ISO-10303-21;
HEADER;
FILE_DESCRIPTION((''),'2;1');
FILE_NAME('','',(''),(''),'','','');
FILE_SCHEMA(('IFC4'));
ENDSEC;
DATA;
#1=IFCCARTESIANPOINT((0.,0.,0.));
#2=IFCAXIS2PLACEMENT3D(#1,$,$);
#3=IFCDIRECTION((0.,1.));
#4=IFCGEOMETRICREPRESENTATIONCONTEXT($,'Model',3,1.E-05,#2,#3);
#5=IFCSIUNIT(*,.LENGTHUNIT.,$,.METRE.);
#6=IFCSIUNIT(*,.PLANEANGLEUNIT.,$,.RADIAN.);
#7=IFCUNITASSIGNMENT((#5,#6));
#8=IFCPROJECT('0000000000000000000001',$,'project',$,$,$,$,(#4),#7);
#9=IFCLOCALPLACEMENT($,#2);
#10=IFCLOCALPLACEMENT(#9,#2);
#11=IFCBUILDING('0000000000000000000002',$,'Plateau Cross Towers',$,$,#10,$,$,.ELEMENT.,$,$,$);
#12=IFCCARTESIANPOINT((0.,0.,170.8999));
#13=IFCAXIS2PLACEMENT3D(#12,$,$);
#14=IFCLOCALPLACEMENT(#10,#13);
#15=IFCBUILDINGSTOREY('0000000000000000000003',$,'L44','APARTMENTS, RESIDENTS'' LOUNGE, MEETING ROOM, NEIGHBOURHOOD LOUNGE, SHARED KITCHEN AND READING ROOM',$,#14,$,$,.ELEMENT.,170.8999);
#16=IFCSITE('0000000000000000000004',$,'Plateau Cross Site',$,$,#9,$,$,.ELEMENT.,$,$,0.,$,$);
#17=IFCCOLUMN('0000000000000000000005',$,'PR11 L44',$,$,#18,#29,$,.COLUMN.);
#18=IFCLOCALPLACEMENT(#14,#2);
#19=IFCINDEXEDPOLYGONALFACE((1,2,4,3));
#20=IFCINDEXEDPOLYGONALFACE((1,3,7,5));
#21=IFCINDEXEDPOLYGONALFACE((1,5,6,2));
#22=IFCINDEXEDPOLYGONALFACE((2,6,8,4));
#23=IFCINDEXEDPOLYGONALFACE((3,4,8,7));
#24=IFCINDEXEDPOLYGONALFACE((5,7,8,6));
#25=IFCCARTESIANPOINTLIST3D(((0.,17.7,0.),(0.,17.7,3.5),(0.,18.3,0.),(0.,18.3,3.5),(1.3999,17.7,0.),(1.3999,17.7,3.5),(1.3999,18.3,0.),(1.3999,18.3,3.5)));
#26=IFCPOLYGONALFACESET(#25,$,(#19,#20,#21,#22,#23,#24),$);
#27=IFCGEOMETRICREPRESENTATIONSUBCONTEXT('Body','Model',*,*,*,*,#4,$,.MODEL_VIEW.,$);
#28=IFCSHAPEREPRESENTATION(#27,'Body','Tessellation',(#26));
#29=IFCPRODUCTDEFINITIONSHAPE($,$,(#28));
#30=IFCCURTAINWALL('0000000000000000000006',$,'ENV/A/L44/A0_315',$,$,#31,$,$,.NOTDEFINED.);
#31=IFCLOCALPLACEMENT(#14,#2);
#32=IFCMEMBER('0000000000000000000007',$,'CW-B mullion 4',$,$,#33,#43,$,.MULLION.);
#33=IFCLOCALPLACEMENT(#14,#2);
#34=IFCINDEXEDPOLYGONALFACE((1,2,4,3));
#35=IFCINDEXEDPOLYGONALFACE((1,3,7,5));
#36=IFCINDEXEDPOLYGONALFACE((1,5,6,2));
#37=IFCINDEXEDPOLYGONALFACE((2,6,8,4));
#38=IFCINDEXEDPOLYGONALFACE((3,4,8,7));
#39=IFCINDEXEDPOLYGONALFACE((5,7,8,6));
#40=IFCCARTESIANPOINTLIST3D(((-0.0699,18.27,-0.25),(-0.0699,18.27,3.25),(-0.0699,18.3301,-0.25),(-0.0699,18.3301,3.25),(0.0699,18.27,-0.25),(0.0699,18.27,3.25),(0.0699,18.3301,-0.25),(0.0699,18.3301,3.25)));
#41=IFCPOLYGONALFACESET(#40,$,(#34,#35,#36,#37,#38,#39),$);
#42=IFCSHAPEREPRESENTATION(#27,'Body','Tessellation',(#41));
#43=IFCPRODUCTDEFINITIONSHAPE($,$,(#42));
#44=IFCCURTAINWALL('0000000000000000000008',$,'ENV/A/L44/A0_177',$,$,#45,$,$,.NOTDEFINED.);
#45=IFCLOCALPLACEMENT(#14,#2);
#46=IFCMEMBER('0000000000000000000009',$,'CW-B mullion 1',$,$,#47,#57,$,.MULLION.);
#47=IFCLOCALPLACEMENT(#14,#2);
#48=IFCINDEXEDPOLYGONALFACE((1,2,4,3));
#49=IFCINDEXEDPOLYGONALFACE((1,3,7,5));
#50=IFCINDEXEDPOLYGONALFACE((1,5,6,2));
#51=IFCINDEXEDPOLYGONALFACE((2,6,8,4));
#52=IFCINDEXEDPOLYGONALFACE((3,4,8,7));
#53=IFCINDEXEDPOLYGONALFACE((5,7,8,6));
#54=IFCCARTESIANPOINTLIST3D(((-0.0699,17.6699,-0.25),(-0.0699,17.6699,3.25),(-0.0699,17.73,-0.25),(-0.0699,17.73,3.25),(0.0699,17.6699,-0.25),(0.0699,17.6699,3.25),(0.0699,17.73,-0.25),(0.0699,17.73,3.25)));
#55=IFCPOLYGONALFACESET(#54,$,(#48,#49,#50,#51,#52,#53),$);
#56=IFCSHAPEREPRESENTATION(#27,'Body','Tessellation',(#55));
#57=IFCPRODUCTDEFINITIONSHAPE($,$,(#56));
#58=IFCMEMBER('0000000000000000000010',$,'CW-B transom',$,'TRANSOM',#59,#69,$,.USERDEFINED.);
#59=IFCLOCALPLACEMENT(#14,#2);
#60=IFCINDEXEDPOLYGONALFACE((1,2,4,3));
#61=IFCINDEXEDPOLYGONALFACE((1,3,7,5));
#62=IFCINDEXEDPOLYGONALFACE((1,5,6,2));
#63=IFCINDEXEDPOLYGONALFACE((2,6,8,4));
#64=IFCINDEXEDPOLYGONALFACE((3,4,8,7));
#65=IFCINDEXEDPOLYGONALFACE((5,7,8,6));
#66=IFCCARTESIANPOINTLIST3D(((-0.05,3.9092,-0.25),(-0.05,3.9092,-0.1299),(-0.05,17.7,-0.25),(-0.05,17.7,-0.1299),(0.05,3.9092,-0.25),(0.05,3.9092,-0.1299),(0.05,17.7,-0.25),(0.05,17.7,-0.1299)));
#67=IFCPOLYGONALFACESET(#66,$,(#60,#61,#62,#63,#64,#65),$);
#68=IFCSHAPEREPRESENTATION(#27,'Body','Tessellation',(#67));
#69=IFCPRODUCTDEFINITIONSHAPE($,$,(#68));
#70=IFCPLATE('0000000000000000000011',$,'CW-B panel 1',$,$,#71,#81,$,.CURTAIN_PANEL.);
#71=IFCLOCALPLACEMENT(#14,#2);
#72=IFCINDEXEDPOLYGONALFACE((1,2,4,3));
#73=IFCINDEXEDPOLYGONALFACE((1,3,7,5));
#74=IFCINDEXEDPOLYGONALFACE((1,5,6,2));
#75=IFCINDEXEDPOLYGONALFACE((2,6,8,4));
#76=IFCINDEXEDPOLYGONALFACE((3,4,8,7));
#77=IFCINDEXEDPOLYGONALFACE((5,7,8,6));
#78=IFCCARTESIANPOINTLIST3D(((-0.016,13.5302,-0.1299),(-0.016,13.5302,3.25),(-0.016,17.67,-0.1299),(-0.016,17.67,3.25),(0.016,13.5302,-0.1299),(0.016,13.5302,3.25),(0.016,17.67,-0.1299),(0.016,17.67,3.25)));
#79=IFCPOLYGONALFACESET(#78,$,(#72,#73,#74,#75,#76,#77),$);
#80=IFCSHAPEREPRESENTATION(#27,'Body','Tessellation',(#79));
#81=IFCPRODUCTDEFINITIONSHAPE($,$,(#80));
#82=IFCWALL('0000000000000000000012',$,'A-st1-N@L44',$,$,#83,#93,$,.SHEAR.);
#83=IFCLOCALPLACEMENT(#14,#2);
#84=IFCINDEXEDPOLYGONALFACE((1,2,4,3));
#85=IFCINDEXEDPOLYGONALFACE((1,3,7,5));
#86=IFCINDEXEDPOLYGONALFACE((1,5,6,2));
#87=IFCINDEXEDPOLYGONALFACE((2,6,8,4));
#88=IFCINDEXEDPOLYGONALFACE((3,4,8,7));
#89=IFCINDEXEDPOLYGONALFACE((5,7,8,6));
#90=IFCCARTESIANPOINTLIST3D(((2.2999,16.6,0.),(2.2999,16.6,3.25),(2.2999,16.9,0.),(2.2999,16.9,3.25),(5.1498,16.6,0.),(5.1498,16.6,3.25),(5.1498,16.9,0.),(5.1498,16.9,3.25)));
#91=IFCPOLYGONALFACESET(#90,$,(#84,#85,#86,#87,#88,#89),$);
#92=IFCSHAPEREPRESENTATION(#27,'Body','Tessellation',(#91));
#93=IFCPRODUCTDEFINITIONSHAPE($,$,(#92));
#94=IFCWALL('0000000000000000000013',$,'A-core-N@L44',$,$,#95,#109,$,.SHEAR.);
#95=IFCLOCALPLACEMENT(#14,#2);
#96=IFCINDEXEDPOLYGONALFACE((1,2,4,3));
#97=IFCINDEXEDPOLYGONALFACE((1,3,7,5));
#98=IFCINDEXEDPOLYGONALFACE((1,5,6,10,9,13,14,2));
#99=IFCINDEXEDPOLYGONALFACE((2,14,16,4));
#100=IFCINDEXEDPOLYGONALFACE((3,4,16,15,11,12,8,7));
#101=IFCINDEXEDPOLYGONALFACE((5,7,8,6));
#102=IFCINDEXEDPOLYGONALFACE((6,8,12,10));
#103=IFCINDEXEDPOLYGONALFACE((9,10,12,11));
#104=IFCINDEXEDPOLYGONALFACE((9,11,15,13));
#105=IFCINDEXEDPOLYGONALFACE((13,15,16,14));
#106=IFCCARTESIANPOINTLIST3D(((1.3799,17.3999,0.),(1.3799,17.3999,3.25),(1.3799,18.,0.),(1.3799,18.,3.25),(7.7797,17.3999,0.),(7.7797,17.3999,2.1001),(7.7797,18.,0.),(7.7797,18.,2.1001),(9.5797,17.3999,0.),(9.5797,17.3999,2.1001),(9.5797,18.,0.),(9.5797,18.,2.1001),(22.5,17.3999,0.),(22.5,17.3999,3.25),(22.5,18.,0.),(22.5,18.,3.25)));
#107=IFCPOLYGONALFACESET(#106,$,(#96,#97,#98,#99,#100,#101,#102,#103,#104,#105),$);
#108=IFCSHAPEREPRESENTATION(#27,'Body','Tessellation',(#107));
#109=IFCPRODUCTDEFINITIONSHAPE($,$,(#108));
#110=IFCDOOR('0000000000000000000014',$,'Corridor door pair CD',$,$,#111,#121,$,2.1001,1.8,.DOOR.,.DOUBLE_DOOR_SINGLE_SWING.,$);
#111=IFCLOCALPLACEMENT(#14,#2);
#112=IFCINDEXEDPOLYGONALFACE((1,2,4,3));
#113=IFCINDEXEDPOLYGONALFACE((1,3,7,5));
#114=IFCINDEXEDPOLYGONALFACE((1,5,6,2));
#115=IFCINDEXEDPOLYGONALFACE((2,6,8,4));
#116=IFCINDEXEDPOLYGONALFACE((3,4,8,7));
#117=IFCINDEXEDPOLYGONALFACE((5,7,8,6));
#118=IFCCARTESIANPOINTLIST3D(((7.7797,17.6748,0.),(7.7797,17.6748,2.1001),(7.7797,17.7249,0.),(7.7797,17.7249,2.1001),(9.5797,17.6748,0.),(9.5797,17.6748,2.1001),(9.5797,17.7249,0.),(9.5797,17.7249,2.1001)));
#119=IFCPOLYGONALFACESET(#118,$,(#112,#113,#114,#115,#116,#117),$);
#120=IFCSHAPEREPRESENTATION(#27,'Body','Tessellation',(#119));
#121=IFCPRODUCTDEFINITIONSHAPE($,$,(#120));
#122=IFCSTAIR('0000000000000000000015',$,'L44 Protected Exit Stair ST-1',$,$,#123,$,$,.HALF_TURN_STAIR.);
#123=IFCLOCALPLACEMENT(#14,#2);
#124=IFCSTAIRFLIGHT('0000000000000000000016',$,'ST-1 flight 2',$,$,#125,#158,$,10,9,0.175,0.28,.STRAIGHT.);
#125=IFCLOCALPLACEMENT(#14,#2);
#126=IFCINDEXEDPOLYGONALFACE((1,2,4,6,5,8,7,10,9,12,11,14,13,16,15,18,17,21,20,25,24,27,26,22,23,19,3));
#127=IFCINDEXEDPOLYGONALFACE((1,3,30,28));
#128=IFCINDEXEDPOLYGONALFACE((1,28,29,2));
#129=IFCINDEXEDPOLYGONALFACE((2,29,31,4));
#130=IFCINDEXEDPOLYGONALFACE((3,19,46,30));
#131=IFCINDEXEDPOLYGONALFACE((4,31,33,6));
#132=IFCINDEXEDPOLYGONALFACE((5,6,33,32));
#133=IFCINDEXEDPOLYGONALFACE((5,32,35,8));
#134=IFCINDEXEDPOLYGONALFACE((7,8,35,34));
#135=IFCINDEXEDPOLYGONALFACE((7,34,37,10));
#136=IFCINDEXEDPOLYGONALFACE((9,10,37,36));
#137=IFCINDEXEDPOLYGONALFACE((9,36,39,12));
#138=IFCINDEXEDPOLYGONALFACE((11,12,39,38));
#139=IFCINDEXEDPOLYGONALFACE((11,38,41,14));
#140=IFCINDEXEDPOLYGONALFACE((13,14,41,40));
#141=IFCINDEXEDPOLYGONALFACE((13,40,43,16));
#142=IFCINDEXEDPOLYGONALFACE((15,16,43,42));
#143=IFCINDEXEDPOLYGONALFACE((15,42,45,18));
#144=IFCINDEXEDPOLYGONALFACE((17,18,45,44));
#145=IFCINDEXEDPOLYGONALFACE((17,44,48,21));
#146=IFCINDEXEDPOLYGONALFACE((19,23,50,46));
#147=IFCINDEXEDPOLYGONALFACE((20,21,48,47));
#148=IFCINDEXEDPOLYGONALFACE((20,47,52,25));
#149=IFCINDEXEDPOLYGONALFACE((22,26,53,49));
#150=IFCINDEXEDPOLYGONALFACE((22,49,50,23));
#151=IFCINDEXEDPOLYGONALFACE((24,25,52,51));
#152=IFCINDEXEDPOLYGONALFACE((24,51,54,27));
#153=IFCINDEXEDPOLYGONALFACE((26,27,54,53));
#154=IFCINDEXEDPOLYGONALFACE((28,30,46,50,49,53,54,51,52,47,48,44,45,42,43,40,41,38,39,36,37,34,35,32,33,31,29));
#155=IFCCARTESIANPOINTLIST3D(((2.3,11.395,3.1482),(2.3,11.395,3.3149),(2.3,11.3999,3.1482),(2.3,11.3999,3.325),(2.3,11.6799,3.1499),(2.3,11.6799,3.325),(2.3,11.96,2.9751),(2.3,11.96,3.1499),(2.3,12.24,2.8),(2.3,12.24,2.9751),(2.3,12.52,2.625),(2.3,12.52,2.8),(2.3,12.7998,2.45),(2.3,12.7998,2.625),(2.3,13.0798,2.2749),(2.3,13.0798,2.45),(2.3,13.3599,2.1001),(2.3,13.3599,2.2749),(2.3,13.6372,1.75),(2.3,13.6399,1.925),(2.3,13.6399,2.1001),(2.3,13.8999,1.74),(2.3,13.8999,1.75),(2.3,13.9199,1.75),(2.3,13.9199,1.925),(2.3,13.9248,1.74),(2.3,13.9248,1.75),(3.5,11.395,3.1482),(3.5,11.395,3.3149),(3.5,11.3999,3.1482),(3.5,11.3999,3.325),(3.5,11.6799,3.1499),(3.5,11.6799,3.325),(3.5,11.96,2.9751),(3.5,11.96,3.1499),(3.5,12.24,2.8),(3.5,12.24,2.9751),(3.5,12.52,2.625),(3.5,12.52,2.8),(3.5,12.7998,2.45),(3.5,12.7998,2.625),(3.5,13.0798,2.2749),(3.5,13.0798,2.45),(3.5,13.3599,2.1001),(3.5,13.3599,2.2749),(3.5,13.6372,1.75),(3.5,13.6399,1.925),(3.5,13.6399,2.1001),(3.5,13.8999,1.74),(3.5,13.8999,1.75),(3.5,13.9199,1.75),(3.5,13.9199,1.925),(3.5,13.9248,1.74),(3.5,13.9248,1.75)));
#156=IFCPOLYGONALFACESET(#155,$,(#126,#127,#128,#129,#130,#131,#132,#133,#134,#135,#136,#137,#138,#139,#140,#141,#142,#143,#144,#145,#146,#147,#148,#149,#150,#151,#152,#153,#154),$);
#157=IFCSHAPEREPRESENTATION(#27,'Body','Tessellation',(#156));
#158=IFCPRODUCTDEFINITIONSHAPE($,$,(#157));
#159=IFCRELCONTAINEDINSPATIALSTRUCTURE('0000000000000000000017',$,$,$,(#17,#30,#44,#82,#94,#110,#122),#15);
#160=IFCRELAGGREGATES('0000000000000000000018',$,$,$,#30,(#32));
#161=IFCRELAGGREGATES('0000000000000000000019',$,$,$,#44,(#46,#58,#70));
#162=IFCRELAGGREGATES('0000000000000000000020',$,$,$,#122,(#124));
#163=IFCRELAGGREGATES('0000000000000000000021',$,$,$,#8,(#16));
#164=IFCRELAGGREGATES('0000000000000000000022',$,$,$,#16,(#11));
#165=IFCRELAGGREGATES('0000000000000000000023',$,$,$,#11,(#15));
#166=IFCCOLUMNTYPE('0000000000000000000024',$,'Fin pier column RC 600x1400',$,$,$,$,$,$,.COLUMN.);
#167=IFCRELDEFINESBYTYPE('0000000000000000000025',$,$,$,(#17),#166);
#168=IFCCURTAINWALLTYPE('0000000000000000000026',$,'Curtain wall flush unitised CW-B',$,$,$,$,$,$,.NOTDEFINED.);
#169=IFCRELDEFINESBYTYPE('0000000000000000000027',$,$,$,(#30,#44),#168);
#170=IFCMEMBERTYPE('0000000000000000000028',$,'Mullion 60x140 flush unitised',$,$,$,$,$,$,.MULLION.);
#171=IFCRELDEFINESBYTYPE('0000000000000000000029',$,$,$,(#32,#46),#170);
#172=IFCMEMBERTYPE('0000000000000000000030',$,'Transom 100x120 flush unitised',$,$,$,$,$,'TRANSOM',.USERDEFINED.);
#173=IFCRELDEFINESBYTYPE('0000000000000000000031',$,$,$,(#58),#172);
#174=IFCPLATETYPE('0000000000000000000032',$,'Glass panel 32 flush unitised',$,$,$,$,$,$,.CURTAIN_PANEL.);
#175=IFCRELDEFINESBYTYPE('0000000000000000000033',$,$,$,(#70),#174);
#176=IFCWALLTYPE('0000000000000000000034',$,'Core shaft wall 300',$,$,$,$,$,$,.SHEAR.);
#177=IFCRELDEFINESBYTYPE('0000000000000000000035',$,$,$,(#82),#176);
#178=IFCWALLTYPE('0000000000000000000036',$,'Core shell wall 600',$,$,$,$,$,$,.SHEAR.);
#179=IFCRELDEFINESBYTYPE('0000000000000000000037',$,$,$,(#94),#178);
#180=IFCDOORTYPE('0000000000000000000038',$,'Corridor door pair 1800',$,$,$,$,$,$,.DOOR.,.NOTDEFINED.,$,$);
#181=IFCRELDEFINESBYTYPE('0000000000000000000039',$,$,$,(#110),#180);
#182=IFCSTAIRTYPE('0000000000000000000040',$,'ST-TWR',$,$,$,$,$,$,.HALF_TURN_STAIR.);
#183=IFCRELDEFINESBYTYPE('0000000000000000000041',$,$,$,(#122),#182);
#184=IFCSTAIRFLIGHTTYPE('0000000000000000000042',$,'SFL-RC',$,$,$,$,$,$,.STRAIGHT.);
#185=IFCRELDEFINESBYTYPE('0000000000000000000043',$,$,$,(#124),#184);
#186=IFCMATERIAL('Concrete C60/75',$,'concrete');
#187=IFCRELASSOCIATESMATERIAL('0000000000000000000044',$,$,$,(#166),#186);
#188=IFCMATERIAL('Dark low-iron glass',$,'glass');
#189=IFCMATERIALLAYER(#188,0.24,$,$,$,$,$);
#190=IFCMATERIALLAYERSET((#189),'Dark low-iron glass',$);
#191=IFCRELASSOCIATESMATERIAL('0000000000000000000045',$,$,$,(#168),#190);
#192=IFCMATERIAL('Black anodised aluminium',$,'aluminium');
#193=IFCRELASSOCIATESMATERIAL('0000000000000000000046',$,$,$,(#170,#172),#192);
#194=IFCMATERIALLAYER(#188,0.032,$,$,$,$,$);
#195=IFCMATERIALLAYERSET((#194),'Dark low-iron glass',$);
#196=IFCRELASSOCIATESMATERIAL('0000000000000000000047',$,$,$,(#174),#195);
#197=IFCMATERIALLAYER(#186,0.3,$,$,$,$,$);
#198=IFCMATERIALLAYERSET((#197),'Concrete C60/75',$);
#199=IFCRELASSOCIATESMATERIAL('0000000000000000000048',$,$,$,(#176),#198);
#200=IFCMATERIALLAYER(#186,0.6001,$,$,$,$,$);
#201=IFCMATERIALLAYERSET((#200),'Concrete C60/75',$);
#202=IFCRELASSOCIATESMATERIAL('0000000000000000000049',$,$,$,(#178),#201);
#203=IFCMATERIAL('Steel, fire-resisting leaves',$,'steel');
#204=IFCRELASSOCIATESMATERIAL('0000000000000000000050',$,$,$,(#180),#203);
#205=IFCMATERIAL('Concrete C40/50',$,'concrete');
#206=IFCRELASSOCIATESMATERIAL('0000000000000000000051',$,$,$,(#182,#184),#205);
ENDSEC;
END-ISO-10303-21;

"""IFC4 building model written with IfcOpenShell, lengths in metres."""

from ifc_helpers import new_model, si_unit, direction, frame, frame_2d, origin, origin_2d, place, context, subcontext, project, spatial, polyline, rectangle, outline, extrude, material, layer, layer_set, material_profile, profile_set, type_object, element, fill, aggregate, save


model = new_model("IFC4")

# Units and contexts
model_context = context("Model", 3, precision=1e-05, world=origin(), true_north=direction((0.0, 1.0)))
body_context = subcontext(model_context, "Body", "Model", "MODEL_VIEW")
ifc_project = project(units=[si_unit("LENGTHUNIT", "METRE"), si_unit("PLANEANGLEUNIT", "RADIAN")], contexts=[model_context])

# Site, building, storey
site_placement = place(None, origin())
site = spatial("IfcSite", under=ifc_project, at=site_placement, Name="Plateau Cross Site", CompositionType="ELEMENT", RefElevation=0.0)
building_placement = place(site_placement, origin())
building = spatial("IfcBuilding", under=site, at=building_placement, Name="Plateau Cross Towers", CompositionType="ELEMENT")
storey_placement = place(building_placement, frame((0.0, 0.0, 170.8999)))
storey = spatial("IfcBuildingStorey", under=building, at=storey_placement, Name="L44", Description="APARTMENTS, RESIDENTS' LOUNGE, MEETING ROOM, NEIGHBOURHOOD LOUNGE, SHARED KITCHEN AND READING ROOM", CompositionType="ELEMENT", Elevation=170.8999)

# Column
ifc_material_1 = material(Name="Concrete C60/75", Category="concrete")
ifc_material_profile_1 = material_profile(ifc_material_1, rectangle(XDim=0.6001, YDim=1.3999, at=origin_2d()), Name="RC 600x1400")
ifc_profile_set_1 = profile_set([ifc_material_profile_1], Name="Concrete C60/75")
column_type = type_object("IfcColumnType", Name="Fin pier column RC 600x1400", PredefinedType="COLUMN", material=ifc_profile_set_1)
column_placement = place(storey_placement, frame((0.7, 18.0, 0.0), z_axis=(0.0, 0.0, 1.0), x_axis=(0.0, 1.0, 0.0)))
element("IfcColumn", 1, at=column_placement, inside=storey, type_object=column_type, Name="PR11 L44", PredefinedType="COLUMN", context=body_context, shape_type="SweptSolid", body=[
    extrude(rectangle(XDim=0.6001, YDim=1.3999, at=origin_2d()), origin(), (0.0, 0.0, 1.0), 3.5),
])

# Curtain wall, member
ifc_material_2 = material(Name="Dark low-iron glass", Category="glass")
ifc_layer_1 = layer(ifc_material_2, 0.24)
ifc_layer_set_1 = layer_set([ifc_layer_1], Name="Dark low-iron glass")
curtain_wall_type = type_object("IfcCurtainWallType", Name="Curtain wall flush unitised CW-B", PredefinedType="NOTDEFINED", material=ifc_layer_set_1)
curtain_wall_1_placement = place(storey_placement, origin())
curtain_wall_1 = element("IfcCurtainWall", 2, at=curtain_wall_1_placement, inside=storey, type_object=curtain_wall_type, Name="ENV/A/L44/A0_315", PredefinedType="NOTDEFINED")
ifc_material_3 = material(Name="Black anodised aluminium", Category="aluminium")
ifc_material_profile_2 = material_profile(ifc_material_3, rectangle(XDim=0.0601, YDim=0.1399, at=origin_2d()), Name="MULLION 60x140")
ifc_profile_set_2 = profile_set([ifc_material_profile_2], Name="Black anodised aluminium")
member_type_1 = type_object("IfcMemberType", Name="Mullion 60x140 flush unitised", PredefinedType="MULLION", material=ifc_profile_set_2)
member_1_placement = place(storey_placement, frame((0.0, 18.3, -0.25), z_axis=(0.0, 0.0, 1.0), x_axis=(0.0, -1.0, 0.0)))
member_1 = element("IfcMember", 3, at=member_1_placement, type_object=member_type_1, Name="CW-B mullion 4", PredefinedType="MULLION", context=body_context, shape_type="SweptSolid", body=[
    extrude(rectangle(XDim=0.0601, YDim=0.1399, at=origin_2d()), origin(), (0.0, 0.0, 1.0), 3.5),
])
aggregate(curtain_wall_1, [member_1])

# Curtain wall, members, plate
curtain_wall_2_placement = place(storey_placement, origin())
curtain_wall_2 = element("IfcCurtainWall", 4, at=curtain_wall_2_placement, inside=storey, type_object=curtain_wall_type, Name="ENV/A/L44/A0_177", PredefinedType="NOTDEFINED")
member_2_placement = place(storey_placement, frame((0.0, 17.7, -0.25), z_axis=(0.0, 0.0, 1.0), x_axis=(0.0, -1.0, 0.0)))
member_2 = element("IfcMember", 5, at=member_2_placement, type_object=member_type_1, Name="CW-B mullion 1", PredefinedType="MULLION", context=body_context, shape_type="SweptSolid", body=[
    extrude(rectangle(XDim=0.0601, YDim=0.1399, at=origin_2d()), origin(), (0.0, 0.0, 1.0), 3.5),
])
ifc_material_profile_3 = material_profile(ifc_material_3, rectangle(XDim=0.1001, YDim=0.1201, at=origin_2d()), Name="TRANSOM 100x120")
ifc_profile_set_3 = profile_set([ifc_material_profile_3], Name="Black anodised aluminium")
member_type_2 = type_object("IfcMemberType", Name="Transom 100x120 flush unitised", ElementType="TRANSOM", PredefinedType="USERDEFINED", material=ifc_profile_set_3)
member_3_placement = place(storey_placement, frame((0.0, 17.7, -0.1899), z_axis=(0.0, -1.0, 0.0), x_axis=(1.0, 0.0, 0.0)))
member_3 = element("IfcMember", 6, at=member_3_placement, type_object=member_type_2, Name="CW-B transom", ObjectType="TRANSOM", PredefinedType="USERDEFINED", context=body_context, shape_type="SweptSolid", body=[
    extrude(rectangle(XDim=0.1001, YDim=0.1201, at=origin_2d()), origin(), (0.0, 0.0, 1.0), 13.7908),
])
ifc_layer_2 = layer(ifc_material_2, 0.032)
ifc_layer_set_2 = layer_set([ifc_layer_2], Name="Dark low-iron glass")
plate_type = type_object("IfcPlateType", Name="Glass panel 32 flush unitised", PredefinedType="CURTAIN_PANEL", material=ifc_layer_set_2)
plate_placement = place(storey_placement, frame((0.0, 15.6001, -0.1299), z_axis=(0.0, 0.0, 1.0), x_axis=(0.0, -1.0, 0.0)))
plate = element("IfcPlate", 7, at=plate_placement, type_object=plate_type, Name="CW-B panel 1", PredefinedType="CURTAIN_PANEL", context=body_context, shape_type="SweptSolid", body=[
    extrude(rectangle(XDim=4.1399, YDim=0.032, at=origin_2d()), origin(), (0.0, 0.0, 1.0), 3.3799),
])
aggregate(curtain_wall_2, [member_2, member_3, plate])

# Wall
ifc_layer_3 = layer(ifc_material_1, 0.3)
ifc_layer_set_3 = layer_set([ifc_layer_3], Name="Concrete C60/75")
wall_type_1 = type_object("IfcWallType", Name="Core shaft wall 300", PredefinedType="SHEAR", material=ifc_layer_set_3)
wall_1_placement = place(storey_placement, frame((2.3, 16.75, 0.0), z_axis=(0.0, 0.0, 1.0), x_axis=(1.0, 0.0, 0.0)))
element("IfcWall", 8, at=wall_1_placement, inside=storey, type_object=wall_type_1, Name="A-st1-N@L44", PredefinedType="SHEAR", context=body_context, shape_type="SweptSolid", body=[
    extrude(rectangle(XDim=2.8499, YDim=0.3, at=frame_2d((1.4248, 0.0))), origin(), (0.0, 0.0, 1.0), 3.25),
])

# Wall, opening, door
ifc_layer_4 = layer(ifc_material_1, 0.6001)
ifc_layer_set_4 = layer_set([ifc_layer_4], Name="Concrete C60/75")
wall_type_2 = type_object("IfcWallType", Name="Core shell wall 600", PredefinedType="SHEAR", material=ifc_layer_set_4)
wall_2_placement = place(storey_placement, frame((1.3799, 17.7, 0.0), z_axis=(0.0, 0.0, 1.0), x_axis=(1.0, 0.0, 0.0)))
wall_2 = element("IfcWall", 9, at=wall_2_placement, inside=storey, type_object=wall_type_2, Name="A-core-N@L44", PredefinedType="SHEAR", context=body_context, shape_type="SweptSolid", body=[
    extrude(rectangle(XDim=21.1201, YDim=0.6001, at=frame_2d((10.5601, 0.0))), origin(), (0.0, 0.0, 1.0), 3.25),
])
opening_placement = place(wall_2_placement, frame((6.3999, 0.0, 0.0)))
opening = element("IfcOpeningElement", 10, at=opening_placement, cuts=wall_2, PredefinedType="OPENING", context=body_context, shape_type="SweptSolid", body=[
    extrude(rectangle(XDim=1.8, YDim=2.1001, at=frame_2d((0.8999, 1.05))), frame((0.0, 0.3101, 0.0), z_axis=(0.0, -1.0, 0.0), x_axis=(1.0, 0.0, 0.0)), (0.0, 0.0, 1.0), 0.6201),
])
ifc_material_4 = material(Name="Steel, fire-resisting leaves", Category="steel")
door_type = type_object("IfcDoorType", Name="Corridor door pair 1800", OperationType="NOTDEFINED", PredefinedType="DOOR", material=ifc_material_4)
door_placement = place(opening_placement, origin())
door = element("IfcDoor", 11, at=door_placement, inside=storey, type_object=door_type, Name="Corridor door pair CD", OperationType="DOUBLE_DOOR_SINGLE_SWING", OverallHeight=2.1001, OverallWidth=1.8, PredefinedType="DOOR", context=body_context, shape_type="SweptSolid", body=[
    extrude(rectangle(XDim=1.8, YDim=2.1001, at=frame_2d((0.8999, 1.05))), frame((0.0, 0.0249, 0.0), z_axis=(0.0, -1.0, 0.0), x_axis=(1.0, 0.0, 0.0)), (0.0, 0.0, 1.0), 0.05),
])
fill(opening, door)

# Stair, stair flight
ifc_material_5 = material(Name="Concrete C40/50", Category="concrete")
stair_type = type_object("IfcStairType", Name="ST-TWR", PredefinedType="HALF_TURN_STAIR", material=ifc_material_5)
stair_placement = place(storey_placement, origin())
stair = element("IfcStair", 12, at=stair_placement, inside=storey, type_object=stair_type, Name="L44 Protected Exit Stair ST-1", PredefinedType="HALF_TURN_STAIR")
stair_flight_type = type_object("IfcStairFlightType", Name="SFL-RC", PredefinedType="STRAIGHT", material=ifc_material_5)
stair_flight_placement = place(storey_placement, frame((2.8999, 13.9199, 1.75), z_axis=(0.0, 0.0, 1.0), x_axis=(0.0, -1.0, 0.0)))
stair_flight = element("IfcStairFlight", 13, at=stair_flight_placement, type_object=stair_flight_type, Name="ST-1 flight 2", NumberOfRisers=10, NumberOfTreads=9, PredefinedType="STRAIGHT", RiserHeight=0.175, TreadLength=0.28, context=body_context, shape_type="SweptSolid", body=[
    extrude(outline(polyline([(-0.0049, -0.01), (-0.0049, 0.0), (0.0, 0.0), (0.0, 0.175), (0.28, 0.175), (0.28, 0.3501), (0.5601, 0.3501), (0.5601, 0.5249), (0.8401, 0.5249), (0.8401, 0.7), (1.1201, 0.7), (1.1201, 0.875), (1.3999, 0.875), (1.3999, 1.05), (1.6799, 1.05), (1.6799, 1.2251), (1.96, 1.2251), (1.96, 1.3999), (2.24, 1.3999), (2.24, 1.575), (2.52, 1.575), (2.5249, 1.5649), (2.5249, 1.3982), (2.52, 1.3982), (0.2827, 0.0), (0.02, 0.0), (0.02, -0.01), (-0.0049, -0.01)])), frame((0.0, 0.6001, 0.0), z_axis=(0.0, -1.0, 0.0), x_axis=(1.0, 0.0, 0.0)), (0.0, 0.0, 1.0), 1.2),
])
aggregate(stair, [stair_flight])

save(model, "model.ifc")
